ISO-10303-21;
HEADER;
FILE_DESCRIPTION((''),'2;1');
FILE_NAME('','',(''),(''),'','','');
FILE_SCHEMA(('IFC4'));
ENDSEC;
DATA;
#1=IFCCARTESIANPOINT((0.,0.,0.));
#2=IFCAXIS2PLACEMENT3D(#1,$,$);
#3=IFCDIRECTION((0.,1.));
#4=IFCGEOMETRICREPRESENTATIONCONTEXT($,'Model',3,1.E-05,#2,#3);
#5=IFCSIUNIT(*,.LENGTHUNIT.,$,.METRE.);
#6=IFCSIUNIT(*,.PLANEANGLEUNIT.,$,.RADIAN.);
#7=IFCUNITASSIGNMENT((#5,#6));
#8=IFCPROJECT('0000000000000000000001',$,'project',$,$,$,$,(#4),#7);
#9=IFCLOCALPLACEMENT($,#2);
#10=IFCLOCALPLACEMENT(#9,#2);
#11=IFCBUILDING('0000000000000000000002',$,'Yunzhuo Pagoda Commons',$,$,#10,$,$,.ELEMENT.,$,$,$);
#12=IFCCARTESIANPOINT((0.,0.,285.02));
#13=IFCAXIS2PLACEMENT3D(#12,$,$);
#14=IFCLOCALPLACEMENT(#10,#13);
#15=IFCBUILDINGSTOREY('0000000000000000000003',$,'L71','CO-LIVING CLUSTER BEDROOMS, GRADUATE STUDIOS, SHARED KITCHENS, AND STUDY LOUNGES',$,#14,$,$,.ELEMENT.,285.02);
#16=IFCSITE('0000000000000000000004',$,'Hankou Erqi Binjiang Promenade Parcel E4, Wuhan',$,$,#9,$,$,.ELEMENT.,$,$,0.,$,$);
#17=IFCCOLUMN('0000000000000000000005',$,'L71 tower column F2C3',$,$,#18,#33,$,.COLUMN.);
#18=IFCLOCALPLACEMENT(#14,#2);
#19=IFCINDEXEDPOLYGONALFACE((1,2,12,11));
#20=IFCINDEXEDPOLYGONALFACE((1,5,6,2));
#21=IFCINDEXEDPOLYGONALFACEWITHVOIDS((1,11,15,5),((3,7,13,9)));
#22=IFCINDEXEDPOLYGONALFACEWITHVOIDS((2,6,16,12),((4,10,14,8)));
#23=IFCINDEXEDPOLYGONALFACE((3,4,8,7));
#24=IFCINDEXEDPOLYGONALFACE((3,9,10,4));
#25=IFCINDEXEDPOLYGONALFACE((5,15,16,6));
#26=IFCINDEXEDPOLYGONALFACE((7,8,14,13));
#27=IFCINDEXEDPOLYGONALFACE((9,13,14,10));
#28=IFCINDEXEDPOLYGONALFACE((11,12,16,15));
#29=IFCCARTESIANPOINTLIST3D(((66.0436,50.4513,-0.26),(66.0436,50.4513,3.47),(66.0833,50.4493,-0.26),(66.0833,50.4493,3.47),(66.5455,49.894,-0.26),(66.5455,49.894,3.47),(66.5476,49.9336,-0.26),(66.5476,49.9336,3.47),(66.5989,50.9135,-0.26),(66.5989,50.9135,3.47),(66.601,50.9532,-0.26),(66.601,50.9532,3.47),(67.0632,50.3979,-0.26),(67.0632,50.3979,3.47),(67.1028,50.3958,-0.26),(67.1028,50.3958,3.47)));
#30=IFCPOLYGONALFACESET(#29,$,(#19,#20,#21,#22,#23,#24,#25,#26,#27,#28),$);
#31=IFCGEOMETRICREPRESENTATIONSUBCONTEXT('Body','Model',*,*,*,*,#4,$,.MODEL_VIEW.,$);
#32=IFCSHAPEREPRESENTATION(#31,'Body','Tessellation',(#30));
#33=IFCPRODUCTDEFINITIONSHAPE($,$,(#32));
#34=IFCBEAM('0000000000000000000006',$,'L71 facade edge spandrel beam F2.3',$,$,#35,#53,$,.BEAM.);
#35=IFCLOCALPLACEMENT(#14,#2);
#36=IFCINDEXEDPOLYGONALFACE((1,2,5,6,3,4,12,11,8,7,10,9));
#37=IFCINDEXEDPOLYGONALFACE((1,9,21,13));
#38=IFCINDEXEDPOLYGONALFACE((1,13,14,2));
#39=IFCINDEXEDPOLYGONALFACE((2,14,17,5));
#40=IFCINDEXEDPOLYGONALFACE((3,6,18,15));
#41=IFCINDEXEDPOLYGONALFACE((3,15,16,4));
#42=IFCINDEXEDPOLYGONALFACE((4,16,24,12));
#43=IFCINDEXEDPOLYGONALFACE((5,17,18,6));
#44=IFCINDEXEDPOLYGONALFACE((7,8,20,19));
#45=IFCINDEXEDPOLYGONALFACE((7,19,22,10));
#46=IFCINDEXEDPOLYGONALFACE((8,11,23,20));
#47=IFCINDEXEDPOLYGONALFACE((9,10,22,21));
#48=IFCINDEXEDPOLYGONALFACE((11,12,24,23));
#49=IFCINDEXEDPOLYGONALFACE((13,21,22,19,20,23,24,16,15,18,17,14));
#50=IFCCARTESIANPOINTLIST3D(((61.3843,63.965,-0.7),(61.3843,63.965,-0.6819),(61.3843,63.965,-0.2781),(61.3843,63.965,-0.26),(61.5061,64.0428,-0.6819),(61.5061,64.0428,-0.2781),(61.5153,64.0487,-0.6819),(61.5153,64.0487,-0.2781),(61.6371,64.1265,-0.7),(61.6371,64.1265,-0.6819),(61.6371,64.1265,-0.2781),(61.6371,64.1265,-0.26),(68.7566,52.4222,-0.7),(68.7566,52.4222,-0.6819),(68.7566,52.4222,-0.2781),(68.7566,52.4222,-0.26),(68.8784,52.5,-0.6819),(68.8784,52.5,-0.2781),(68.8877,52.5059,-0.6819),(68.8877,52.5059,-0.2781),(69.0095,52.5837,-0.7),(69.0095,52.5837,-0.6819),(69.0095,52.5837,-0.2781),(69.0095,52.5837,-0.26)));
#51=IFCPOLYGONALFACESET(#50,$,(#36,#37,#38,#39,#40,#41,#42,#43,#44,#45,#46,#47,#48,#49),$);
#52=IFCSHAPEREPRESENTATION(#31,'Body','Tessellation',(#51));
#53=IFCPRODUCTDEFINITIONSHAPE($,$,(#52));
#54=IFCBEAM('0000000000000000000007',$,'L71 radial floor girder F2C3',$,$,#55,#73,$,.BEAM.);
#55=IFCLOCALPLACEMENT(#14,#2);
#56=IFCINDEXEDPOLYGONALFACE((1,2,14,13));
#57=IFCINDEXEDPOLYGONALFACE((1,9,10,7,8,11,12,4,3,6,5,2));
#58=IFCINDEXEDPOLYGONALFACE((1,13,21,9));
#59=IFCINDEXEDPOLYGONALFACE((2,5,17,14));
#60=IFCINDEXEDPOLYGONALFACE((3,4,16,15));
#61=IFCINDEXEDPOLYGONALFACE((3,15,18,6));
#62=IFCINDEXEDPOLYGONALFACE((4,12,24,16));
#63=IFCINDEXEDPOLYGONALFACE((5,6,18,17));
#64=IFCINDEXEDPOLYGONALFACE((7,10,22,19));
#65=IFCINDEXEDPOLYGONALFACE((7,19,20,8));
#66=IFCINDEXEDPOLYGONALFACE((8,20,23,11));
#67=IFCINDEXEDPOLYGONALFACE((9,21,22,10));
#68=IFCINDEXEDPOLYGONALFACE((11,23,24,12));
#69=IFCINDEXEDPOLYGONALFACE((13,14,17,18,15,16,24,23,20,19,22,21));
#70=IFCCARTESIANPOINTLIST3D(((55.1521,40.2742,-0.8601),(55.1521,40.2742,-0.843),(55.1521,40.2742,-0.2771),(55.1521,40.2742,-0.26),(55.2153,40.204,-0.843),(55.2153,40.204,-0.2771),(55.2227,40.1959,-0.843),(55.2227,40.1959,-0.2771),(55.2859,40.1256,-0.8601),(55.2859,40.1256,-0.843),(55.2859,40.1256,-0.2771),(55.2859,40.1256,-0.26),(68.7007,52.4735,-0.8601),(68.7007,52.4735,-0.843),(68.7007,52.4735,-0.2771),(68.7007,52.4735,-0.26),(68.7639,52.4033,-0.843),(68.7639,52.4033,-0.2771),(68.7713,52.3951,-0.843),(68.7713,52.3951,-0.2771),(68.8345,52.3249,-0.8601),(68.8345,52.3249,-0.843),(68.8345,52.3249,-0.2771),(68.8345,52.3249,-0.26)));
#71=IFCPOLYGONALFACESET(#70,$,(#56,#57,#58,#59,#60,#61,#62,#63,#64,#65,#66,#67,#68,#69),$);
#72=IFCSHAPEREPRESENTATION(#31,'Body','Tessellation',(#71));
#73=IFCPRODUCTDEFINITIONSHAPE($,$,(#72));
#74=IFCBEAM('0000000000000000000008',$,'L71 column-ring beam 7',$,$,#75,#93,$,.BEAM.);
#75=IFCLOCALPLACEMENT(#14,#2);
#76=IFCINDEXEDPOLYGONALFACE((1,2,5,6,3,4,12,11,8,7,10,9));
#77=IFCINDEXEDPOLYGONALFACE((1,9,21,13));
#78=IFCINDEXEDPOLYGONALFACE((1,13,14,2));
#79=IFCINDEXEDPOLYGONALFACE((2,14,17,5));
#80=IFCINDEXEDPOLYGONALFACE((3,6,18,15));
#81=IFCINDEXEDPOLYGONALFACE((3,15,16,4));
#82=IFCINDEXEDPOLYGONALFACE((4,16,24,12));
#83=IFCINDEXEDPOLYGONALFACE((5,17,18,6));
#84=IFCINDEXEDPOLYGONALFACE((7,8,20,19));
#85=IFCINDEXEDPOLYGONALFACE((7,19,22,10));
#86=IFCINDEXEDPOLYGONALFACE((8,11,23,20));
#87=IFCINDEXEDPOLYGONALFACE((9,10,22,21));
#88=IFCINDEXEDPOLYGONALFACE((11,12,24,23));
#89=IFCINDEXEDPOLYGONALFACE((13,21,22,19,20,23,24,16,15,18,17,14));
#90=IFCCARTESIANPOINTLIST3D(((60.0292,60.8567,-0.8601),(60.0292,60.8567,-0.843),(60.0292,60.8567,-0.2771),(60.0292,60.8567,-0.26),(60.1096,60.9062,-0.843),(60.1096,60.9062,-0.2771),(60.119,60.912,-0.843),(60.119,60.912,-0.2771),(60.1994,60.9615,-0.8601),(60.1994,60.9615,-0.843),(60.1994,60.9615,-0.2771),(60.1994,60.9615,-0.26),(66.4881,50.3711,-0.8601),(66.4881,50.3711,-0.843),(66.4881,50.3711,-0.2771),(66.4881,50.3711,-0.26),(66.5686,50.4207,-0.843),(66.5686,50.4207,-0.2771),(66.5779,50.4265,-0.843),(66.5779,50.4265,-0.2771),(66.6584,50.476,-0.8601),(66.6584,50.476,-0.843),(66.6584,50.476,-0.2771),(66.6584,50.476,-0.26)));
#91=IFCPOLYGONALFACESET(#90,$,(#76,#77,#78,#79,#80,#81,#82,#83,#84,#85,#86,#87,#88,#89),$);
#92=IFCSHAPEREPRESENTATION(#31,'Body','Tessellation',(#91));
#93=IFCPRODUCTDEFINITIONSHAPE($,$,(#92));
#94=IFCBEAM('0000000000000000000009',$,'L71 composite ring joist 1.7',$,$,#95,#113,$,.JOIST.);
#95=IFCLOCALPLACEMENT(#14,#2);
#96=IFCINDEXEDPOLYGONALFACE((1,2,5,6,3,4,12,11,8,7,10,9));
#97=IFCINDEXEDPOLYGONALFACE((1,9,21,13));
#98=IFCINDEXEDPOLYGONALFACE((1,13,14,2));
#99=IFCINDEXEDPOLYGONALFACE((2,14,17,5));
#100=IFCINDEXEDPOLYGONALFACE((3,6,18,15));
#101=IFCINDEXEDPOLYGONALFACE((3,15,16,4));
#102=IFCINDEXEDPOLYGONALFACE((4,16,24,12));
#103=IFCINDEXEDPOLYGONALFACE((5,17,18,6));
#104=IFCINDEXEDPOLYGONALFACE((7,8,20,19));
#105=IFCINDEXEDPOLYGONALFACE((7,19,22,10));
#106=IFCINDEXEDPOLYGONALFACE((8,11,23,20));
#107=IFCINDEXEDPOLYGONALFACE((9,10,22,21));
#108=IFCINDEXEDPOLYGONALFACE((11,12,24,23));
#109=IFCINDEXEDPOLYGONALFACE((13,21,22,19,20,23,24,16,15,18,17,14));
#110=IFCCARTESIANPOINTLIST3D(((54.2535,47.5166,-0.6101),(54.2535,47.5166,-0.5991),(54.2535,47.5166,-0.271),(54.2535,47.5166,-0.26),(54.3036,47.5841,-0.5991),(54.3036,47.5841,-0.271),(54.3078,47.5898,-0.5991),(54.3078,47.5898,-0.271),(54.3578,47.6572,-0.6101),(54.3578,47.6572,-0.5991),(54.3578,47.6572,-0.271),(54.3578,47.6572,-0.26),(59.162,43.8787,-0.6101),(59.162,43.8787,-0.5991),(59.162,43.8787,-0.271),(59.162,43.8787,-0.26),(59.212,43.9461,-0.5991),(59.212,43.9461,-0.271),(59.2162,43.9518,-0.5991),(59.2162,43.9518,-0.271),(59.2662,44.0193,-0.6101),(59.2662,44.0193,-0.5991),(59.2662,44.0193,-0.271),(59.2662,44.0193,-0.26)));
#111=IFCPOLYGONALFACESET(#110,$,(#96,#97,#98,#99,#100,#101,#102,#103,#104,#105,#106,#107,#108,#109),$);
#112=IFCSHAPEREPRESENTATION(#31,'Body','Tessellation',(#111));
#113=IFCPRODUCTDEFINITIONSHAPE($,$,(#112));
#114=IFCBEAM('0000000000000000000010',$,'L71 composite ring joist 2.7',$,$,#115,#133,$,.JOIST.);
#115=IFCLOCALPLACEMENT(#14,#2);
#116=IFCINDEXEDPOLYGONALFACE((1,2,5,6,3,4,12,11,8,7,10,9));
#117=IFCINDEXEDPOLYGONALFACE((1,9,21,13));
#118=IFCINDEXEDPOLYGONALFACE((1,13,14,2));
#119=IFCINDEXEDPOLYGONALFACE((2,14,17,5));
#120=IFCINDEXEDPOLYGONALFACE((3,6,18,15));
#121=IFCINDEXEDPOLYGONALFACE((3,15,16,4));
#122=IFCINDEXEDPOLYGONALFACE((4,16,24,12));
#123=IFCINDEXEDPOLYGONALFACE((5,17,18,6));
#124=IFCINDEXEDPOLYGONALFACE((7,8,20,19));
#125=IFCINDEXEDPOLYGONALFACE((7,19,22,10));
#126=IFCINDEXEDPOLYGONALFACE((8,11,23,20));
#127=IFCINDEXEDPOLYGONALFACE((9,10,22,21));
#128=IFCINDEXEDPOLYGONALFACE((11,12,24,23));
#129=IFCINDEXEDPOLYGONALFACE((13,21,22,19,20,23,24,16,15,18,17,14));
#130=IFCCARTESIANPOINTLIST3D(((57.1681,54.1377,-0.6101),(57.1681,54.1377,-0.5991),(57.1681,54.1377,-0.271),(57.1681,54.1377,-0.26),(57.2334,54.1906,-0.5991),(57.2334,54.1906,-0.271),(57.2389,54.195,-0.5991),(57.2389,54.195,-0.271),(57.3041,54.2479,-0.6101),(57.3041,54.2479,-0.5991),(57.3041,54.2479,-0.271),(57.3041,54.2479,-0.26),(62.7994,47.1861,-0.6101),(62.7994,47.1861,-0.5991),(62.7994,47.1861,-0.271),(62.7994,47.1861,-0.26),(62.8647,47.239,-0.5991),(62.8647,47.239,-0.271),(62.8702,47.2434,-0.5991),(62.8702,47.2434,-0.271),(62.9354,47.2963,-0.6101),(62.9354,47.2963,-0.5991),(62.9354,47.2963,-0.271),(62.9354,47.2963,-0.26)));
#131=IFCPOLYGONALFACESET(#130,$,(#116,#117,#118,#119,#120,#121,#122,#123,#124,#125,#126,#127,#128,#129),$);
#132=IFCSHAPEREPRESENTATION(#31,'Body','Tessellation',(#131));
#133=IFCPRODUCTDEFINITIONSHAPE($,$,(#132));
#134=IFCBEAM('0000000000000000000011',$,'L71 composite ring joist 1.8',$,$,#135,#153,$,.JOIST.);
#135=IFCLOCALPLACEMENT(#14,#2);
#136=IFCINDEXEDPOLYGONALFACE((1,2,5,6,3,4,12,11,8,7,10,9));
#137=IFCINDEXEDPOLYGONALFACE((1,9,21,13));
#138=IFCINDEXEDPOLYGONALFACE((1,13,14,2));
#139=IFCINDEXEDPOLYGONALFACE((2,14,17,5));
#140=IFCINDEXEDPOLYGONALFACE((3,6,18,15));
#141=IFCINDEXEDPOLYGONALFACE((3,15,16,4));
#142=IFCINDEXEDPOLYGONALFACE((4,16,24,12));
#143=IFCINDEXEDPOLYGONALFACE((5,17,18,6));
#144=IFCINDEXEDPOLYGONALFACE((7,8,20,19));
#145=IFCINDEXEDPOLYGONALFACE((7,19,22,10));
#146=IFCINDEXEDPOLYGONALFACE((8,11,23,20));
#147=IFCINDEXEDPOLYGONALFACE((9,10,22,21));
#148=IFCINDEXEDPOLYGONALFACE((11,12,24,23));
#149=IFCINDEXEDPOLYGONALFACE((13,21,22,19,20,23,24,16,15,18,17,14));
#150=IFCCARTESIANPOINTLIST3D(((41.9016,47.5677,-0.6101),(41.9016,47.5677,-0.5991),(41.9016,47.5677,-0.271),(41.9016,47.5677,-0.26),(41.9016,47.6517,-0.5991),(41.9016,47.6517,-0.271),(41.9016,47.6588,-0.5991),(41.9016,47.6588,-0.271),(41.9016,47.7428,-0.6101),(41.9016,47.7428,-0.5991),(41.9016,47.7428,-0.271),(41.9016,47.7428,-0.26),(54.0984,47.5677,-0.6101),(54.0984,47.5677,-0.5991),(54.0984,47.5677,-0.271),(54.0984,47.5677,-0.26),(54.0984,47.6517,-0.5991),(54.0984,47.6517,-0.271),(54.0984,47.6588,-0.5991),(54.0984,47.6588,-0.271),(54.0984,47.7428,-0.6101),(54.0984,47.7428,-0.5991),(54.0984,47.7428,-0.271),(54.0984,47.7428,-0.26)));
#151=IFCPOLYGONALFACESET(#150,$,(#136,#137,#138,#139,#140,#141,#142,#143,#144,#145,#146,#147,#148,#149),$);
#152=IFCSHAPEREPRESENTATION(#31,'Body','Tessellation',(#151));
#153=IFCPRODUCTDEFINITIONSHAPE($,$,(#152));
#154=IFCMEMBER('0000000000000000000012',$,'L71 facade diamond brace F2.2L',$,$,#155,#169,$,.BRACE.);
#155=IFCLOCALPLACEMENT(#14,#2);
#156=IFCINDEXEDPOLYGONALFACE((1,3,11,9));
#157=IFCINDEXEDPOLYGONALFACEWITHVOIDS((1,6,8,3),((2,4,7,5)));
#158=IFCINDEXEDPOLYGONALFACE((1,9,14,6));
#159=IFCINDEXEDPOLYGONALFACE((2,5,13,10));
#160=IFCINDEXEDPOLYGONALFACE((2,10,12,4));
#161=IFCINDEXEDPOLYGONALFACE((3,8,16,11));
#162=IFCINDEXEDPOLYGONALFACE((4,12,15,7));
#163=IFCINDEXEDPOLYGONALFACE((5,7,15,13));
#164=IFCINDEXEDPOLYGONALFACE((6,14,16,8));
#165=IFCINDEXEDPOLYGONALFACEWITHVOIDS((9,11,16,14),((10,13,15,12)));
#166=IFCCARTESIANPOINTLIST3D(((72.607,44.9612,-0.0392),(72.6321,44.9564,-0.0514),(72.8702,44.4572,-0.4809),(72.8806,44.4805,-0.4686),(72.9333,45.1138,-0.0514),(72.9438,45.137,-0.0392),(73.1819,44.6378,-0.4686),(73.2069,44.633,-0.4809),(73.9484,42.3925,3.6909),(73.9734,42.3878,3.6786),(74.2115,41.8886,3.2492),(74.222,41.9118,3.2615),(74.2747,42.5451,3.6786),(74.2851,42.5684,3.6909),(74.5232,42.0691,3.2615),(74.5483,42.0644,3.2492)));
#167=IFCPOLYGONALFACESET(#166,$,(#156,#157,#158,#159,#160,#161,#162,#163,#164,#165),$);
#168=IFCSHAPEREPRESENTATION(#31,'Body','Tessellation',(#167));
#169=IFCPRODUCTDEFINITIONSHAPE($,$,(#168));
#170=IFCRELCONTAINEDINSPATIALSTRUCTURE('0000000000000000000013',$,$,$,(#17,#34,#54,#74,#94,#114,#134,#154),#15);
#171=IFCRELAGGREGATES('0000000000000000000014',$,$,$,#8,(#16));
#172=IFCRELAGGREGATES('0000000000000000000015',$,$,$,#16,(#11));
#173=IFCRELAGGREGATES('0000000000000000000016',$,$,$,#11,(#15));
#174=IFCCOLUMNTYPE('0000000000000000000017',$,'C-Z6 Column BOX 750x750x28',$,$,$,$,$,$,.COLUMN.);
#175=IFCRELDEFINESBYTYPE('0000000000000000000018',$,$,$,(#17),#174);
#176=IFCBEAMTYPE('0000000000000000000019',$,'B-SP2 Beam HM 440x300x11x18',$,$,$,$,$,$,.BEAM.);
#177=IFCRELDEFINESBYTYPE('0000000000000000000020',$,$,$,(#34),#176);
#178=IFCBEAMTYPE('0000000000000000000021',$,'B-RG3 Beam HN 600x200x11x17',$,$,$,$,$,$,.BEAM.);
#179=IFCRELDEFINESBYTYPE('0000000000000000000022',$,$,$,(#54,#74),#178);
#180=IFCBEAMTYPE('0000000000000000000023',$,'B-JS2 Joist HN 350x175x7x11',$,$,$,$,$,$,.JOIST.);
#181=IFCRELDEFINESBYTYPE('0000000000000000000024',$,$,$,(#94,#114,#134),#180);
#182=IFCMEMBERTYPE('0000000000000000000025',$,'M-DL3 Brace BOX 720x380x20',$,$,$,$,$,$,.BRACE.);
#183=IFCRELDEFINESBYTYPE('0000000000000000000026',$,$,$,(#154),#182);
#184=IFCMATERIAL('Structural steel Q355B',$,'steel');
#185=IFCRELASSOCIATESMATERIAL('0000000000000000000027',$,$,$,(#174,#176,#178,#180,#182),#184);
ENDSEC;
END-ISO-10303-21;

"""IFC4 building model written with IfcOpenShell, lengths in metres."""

from ifc_helpers import new_model, si_unit, direction, frame, origin, origin_2d, place, context, subcontext, project, spatial, hollow_rectangle, i_section, extrude, source, transform, mapped, material, material_profile, profile_set, type_object, element, save


model = new_model("IFC4")

# Units and contexts
model_context = context("Model", 3, precision=1e-05, world=origin(), true_north=direction((0.0, 1.0)))
body_context = subcontext(model_context, "Body", "Model", "MODEL_VIEW")
ifc_project = project(units=[si_unit("LENGTHUNIT", "METRE"), si_unit("PLANEANGLEUNIT", "RADIAN")], contexts=[model_context])

# Site, building, storey
site_placement = place(None, origin())
site = spatial("IfcSite", under=ifc_project, at=site_placement, Name="Hankou Erqi Binjiang Promenade Parcel E4, Wuhan", CompositionType="ELEMENT", RefElevation=0.0)
building_placement = place(site_placement, origin())
building = spatial("IfcBuilding", under=site, at=building_placement, Name="Yunzhuo Pagoda Commons", CompositionType="ELEMENT")
storey_placement = place(building_placement, frame((0.0, 0.0, 285.02)))
storey = spatial("IfcBuildingStorey", under=building, at=storey_placement, Name="L71", Description="CO-LIVING CLUSTER BEDROOMS, GRADUATE STUDIOS, SHARED KITCHENS, AND STUDY LOUNGES", CompositionType="ELEMENT", Elevation=285.02)

# Column
ifc_material_1 = material(Name="Structural steel Q355B", Category="steel")
ifc_material_profile_1 = material_profile(ifc_material_1, hollow_rectangle(XDim=0.75, YDim=0.75, WallThickness=0.0281, at=origin_2d()), Name="Structural steel Q355B")
ifc_profile_set_1 = profile_set([ifc_material_profile_1], Name="Structural steel Q355B")
column_type = type_object("IfcColumnType", Name="C-Z6 Column BOX 750x750x28", PredefinedType="COLUMN", material=ifc_profile_set_1)
shared_shape_1 = source(origin(), body_context, "Body", "SweptSolid", [
    extrude(hollow_rectangle(XDim=0.75, YDim=0.75, WallThickness=0.0281, at=origin_2d()), origin(), (0.0, 0.0, 1.0), 3.73),
])
column_placement = place(storey_placement, frame((66.5732, 50.4236, -0.26), z_axis=(0.0, 0.0, 1.0), x_axis=(-0.669131, 0.743145, 0.0)))
element("IfcColumn", 1, at=column_placement, inside=storey, type_object=column_type, Name="L71 tower column F2C3", PredefinedType="COLUMN", context=body_context, shape_type="MappedRepresentation", body=[
    mapped(shared_shape_1, transform((0.0, 0.0, 0.0), scale=1.0)),
])

# Beams
ifc_material_profile_2 = material_profile(ifc_material_1, i_section(OverallWidth=0.3, OverallDepth=0.4399, WebThickness=0.011, FlangeThickness=0.0181, at=origin_2d()), Name="Structural steel Q355B")
ifc_profile_set_2 = profile_set([ifc_material_profile_2], Name="Structural steel Q355B")
beam_type_1 = type_object("IfcBeamType", Name="B-SP2 Beam HM 440x300x11x18", PredefinedType="BEAM", material=ifc_profile_set_2)
shared_shape_2 = source(origin(), body_context, "Body", "SweptSolid", [
    extrude(i_section(OverallWidth=0.3, OverallDepth=0.4399, WebThickness=0.011, FlangeThickness=0.0181, at=origin_2d()), origin(), (0.0, 0.0, 1.0), 13.6963),
])
beam_1_placement = place(storey_placement, frame((68.8831, 52.5029, -0.48), z_axis=(-0.538275, 0.842769, 0.0), x_axis=(-0.842769, -0.538275, 0.0)))
element("IfcBeam", 2, at=beam_1_placement, inside=storey, type_object=beam_type_1, Name="L71 facade edge spandrel beam F2.3", PredefinedType="BEAM", context=body_context, shape_type="MappedRepresentation", body=[
    mapped(shared_shape_2, transform((0.0, 0.0, 0.0), scale=1.0)),
])
ifc_material_profile_3 = material_profile(ifc_material_1, i_section(OverallWidth=0.2, OverallDepth=0.6001, WebThickness=0.011, FlangeThickness=0.0171, at=origin_2d()), Name="Structural steel Q355B")
ifc_profile_set_3 = profile_set([ifc_material_profile_3], Name="Structural steel Q355B")
beam_type_2 = type_object("IfcBeamType", Name="B-RG3 Beam HN 600x200x11x17", PredefinedType="BEAM", material=ifc_profile_set_3)
shared_shape_3 = source(origin(), body_context, "Body", "SweptSolid", [
    extrude(i_section(OverallWidth=0.2, OverallDepth=0.6001, WebThickness=0.011, FlangeThickness=0.0171, at=origin_2d()), origin(), (0.0, 0.0, 1.0), 18.2314),
])
beam_2_placement = place(storey_placement, frame((68.7676, 52.3992, -0.5601), z_axis=(-0.743144, -0.669131, 0.0), x_axis=(0.669131, -0.743144, 0.0)))
element("IfcBeam", 3, at=beam_2_placement, inside=storey, type_object=beam_type_2, Name="L71 radial floor girder F2C3", PredefinedType="BEAM", context=body_context, shape_type="MappedRepresentation", body=[
    mapped(shared_shape_3, transform((0.0, 0.0, 0.0), scale=1.0)),
])
shared_shape_4 = source(origin(), body_context, "Body", "SweptSolid", [
    extrude(i_section(OverallWidth=0.2, OverallDepth=0.6001, WebThickness=0.011, FlangeThickness=0.0171, at=origin_2d()), origin(), (0.0, 0.0, 1.0), 12.3152),
])
beam_3_placement = place(storey_placement, frame((66.5732, 50.4236, -0.5601), z_axis=(-0.524469, 0.85143, 0.0), x_axis=(-0.85143, -0.524469, 0.0)))
element("IfcBeam", 4, at=beam_3_placement, inside=storey, type_object=beam_type_2, Name="L71 column-ring beam 7", PredefinedType="BEAM", context=body_context, shape_type="MappedRepresentation", body=[
    mapped(shared_shape_4, transform((0.0, 0.0, 0.0), scale=1.0)),
])
ifc_material_profile_4 = material_profile(ifc_material_1, i_section(OverallWidth=0.175, OverallDepth=0.3501, WebThickness=0.0071, FlangeThickness=0.011, at=origin_2d()), Name="Structural steel Q355B")
ifc_profile_set_4 = profile_set([ifc_material_profile_4], Name="Structural steel Q355B")
beam_type_3 = type_object("IfcBeamType", Name="B-JS2 Joist HN 350x175x7x11", PredefinedType="JOIST", material=ifc_profile_set_4)
shared_shape_5 = source(origin(), body_context, "Body", "SweptSolid", [
    extrude(i_section(OverallWidth=0.175, OverallDepth=0.3501, WebThickness=0.0071, FlangeThickness=0.011, at=origin_2d()), origin(), (0.0, 0.0, 1.0), 6.1096),
])
beam_4_placement = place(storey_placement, frame((59.2141, 43.949, -0.4351), z_axis=(-0.803396, 0.595444, 0.0), x_axis=(-0.595444, -0.803396, 0.0)))
element("IfcBeam", 5, at=beam_4_placement, inside=storey, type_object=beam_type_3, Name="L71 composite ring joist 1.7", PredefinedType="JOIST", context=body_context, shape_type="MappedRepresentation", body=[
    mapped(shared_shape_5, transform((0.0, 0.0, 0.0), scale=1.0)),
])
shared_shape_6 = source(origin(), body_context, "Body", "SweptSolid", [
    extrude(i_section(OverallWidth=0.175, OverallDepth=0.3501, WebThickness=0.0071, FlangeThickness=0.011, at=origin_2d()), origin(), (0.0, 0.0, 1.0), 8.9463),
])
beam_5_placement = place(storey_placement, frame((62.8674, 47.2412, -0.4351), z_axis=(-0.629456, 0.777036, 0.0), x_axis=(-0.777036, -0.629456, 0.0)))
element("IfcBeam", 6, at=beam_5_placement, inside=storey, type_object=beam_type_3, Name="L71 composite ring joist 2.7", PredefinedType="JOIST", context=body_context, shape_type="MappedRepresentation", body=[
    mapped(shared_shape_6, transform((0.0, 0.0, 0.0), scale=1.0)),
])
shared_shape_7 = source(origin(), body_context, "Body", "SweptSolid", [
    extrude(i_section(OverallWidth=0.175, OverallDepth=0.3501, WebThickness=0.0071, FlangeThickness=0.011, at=origin_2d()), origin(), (0.0, 0.0, 1.0), 12.1968),
])
beam_6_placement = place(storey_placement, frame((54.0984, 47.6553, -0.4351), z_axis=(-1.0, 0.0, 0.0), x_axis=(0.0, -1.0, 0.0)))
element("IfcBeam", 7, at=beam_6_placement, inside=storey, type_object=beam_type_3, Name="L71 composite ring joist 1.8", PredefinedType="JOIST", context=body_context, shape_type="MappedRepresentation", body=[
    mapped(shared_shape_7, transform((0.0, 0.0, 0.0), scale=1.0)),
])

# Member
ifc_material_profile_5 = material_profile(ifc_material_1, hollow_rectangle(XDim=0.3799, YDim=0.72, WallThickness=0.02, at=origin_2d()), Name="Structural steel Q355B")
ifc_profile_set_5 = profile_set([ifc_material_profile_5], Name="Structural steel Q355B")
member_type_1 = type_object("IfcMemberType", Name="M-DL3 Brace BOX 720x380x20", PredefinedType="BRACE", material=ifc_profile_set_5)
shared_shape_8 = source(origin(), body_context, "Body", "SweptSolid", [
    extrude(hollow_rectangle(XDim=0.3799, YDim=0.72, WallThickness=0.02, at=origin_2d()), origin(), (0.0, 0.0, 1.0), 4.7234),
])
member_1_placement = place(storey_placement, frame((72.907, 44.7971, -0.26), z_axis=(0.283977, -0.543815, 0.789698), x_axis=(0.88642, 0.462883, 0.0)))
element("IfcMember", 8, at=member_1_placement, inside=storey, type_object=member_type_1, Name="L71 facade diamond brace F2.2L", PredefinedType="BRACE", context=body_context, shape_type="MappedRepresentation", body=[
    mapped(shared_shape_8, transform((0.0, 0.0, 0.0), scale=1.0)),
])

save(model, "model.ifc")
